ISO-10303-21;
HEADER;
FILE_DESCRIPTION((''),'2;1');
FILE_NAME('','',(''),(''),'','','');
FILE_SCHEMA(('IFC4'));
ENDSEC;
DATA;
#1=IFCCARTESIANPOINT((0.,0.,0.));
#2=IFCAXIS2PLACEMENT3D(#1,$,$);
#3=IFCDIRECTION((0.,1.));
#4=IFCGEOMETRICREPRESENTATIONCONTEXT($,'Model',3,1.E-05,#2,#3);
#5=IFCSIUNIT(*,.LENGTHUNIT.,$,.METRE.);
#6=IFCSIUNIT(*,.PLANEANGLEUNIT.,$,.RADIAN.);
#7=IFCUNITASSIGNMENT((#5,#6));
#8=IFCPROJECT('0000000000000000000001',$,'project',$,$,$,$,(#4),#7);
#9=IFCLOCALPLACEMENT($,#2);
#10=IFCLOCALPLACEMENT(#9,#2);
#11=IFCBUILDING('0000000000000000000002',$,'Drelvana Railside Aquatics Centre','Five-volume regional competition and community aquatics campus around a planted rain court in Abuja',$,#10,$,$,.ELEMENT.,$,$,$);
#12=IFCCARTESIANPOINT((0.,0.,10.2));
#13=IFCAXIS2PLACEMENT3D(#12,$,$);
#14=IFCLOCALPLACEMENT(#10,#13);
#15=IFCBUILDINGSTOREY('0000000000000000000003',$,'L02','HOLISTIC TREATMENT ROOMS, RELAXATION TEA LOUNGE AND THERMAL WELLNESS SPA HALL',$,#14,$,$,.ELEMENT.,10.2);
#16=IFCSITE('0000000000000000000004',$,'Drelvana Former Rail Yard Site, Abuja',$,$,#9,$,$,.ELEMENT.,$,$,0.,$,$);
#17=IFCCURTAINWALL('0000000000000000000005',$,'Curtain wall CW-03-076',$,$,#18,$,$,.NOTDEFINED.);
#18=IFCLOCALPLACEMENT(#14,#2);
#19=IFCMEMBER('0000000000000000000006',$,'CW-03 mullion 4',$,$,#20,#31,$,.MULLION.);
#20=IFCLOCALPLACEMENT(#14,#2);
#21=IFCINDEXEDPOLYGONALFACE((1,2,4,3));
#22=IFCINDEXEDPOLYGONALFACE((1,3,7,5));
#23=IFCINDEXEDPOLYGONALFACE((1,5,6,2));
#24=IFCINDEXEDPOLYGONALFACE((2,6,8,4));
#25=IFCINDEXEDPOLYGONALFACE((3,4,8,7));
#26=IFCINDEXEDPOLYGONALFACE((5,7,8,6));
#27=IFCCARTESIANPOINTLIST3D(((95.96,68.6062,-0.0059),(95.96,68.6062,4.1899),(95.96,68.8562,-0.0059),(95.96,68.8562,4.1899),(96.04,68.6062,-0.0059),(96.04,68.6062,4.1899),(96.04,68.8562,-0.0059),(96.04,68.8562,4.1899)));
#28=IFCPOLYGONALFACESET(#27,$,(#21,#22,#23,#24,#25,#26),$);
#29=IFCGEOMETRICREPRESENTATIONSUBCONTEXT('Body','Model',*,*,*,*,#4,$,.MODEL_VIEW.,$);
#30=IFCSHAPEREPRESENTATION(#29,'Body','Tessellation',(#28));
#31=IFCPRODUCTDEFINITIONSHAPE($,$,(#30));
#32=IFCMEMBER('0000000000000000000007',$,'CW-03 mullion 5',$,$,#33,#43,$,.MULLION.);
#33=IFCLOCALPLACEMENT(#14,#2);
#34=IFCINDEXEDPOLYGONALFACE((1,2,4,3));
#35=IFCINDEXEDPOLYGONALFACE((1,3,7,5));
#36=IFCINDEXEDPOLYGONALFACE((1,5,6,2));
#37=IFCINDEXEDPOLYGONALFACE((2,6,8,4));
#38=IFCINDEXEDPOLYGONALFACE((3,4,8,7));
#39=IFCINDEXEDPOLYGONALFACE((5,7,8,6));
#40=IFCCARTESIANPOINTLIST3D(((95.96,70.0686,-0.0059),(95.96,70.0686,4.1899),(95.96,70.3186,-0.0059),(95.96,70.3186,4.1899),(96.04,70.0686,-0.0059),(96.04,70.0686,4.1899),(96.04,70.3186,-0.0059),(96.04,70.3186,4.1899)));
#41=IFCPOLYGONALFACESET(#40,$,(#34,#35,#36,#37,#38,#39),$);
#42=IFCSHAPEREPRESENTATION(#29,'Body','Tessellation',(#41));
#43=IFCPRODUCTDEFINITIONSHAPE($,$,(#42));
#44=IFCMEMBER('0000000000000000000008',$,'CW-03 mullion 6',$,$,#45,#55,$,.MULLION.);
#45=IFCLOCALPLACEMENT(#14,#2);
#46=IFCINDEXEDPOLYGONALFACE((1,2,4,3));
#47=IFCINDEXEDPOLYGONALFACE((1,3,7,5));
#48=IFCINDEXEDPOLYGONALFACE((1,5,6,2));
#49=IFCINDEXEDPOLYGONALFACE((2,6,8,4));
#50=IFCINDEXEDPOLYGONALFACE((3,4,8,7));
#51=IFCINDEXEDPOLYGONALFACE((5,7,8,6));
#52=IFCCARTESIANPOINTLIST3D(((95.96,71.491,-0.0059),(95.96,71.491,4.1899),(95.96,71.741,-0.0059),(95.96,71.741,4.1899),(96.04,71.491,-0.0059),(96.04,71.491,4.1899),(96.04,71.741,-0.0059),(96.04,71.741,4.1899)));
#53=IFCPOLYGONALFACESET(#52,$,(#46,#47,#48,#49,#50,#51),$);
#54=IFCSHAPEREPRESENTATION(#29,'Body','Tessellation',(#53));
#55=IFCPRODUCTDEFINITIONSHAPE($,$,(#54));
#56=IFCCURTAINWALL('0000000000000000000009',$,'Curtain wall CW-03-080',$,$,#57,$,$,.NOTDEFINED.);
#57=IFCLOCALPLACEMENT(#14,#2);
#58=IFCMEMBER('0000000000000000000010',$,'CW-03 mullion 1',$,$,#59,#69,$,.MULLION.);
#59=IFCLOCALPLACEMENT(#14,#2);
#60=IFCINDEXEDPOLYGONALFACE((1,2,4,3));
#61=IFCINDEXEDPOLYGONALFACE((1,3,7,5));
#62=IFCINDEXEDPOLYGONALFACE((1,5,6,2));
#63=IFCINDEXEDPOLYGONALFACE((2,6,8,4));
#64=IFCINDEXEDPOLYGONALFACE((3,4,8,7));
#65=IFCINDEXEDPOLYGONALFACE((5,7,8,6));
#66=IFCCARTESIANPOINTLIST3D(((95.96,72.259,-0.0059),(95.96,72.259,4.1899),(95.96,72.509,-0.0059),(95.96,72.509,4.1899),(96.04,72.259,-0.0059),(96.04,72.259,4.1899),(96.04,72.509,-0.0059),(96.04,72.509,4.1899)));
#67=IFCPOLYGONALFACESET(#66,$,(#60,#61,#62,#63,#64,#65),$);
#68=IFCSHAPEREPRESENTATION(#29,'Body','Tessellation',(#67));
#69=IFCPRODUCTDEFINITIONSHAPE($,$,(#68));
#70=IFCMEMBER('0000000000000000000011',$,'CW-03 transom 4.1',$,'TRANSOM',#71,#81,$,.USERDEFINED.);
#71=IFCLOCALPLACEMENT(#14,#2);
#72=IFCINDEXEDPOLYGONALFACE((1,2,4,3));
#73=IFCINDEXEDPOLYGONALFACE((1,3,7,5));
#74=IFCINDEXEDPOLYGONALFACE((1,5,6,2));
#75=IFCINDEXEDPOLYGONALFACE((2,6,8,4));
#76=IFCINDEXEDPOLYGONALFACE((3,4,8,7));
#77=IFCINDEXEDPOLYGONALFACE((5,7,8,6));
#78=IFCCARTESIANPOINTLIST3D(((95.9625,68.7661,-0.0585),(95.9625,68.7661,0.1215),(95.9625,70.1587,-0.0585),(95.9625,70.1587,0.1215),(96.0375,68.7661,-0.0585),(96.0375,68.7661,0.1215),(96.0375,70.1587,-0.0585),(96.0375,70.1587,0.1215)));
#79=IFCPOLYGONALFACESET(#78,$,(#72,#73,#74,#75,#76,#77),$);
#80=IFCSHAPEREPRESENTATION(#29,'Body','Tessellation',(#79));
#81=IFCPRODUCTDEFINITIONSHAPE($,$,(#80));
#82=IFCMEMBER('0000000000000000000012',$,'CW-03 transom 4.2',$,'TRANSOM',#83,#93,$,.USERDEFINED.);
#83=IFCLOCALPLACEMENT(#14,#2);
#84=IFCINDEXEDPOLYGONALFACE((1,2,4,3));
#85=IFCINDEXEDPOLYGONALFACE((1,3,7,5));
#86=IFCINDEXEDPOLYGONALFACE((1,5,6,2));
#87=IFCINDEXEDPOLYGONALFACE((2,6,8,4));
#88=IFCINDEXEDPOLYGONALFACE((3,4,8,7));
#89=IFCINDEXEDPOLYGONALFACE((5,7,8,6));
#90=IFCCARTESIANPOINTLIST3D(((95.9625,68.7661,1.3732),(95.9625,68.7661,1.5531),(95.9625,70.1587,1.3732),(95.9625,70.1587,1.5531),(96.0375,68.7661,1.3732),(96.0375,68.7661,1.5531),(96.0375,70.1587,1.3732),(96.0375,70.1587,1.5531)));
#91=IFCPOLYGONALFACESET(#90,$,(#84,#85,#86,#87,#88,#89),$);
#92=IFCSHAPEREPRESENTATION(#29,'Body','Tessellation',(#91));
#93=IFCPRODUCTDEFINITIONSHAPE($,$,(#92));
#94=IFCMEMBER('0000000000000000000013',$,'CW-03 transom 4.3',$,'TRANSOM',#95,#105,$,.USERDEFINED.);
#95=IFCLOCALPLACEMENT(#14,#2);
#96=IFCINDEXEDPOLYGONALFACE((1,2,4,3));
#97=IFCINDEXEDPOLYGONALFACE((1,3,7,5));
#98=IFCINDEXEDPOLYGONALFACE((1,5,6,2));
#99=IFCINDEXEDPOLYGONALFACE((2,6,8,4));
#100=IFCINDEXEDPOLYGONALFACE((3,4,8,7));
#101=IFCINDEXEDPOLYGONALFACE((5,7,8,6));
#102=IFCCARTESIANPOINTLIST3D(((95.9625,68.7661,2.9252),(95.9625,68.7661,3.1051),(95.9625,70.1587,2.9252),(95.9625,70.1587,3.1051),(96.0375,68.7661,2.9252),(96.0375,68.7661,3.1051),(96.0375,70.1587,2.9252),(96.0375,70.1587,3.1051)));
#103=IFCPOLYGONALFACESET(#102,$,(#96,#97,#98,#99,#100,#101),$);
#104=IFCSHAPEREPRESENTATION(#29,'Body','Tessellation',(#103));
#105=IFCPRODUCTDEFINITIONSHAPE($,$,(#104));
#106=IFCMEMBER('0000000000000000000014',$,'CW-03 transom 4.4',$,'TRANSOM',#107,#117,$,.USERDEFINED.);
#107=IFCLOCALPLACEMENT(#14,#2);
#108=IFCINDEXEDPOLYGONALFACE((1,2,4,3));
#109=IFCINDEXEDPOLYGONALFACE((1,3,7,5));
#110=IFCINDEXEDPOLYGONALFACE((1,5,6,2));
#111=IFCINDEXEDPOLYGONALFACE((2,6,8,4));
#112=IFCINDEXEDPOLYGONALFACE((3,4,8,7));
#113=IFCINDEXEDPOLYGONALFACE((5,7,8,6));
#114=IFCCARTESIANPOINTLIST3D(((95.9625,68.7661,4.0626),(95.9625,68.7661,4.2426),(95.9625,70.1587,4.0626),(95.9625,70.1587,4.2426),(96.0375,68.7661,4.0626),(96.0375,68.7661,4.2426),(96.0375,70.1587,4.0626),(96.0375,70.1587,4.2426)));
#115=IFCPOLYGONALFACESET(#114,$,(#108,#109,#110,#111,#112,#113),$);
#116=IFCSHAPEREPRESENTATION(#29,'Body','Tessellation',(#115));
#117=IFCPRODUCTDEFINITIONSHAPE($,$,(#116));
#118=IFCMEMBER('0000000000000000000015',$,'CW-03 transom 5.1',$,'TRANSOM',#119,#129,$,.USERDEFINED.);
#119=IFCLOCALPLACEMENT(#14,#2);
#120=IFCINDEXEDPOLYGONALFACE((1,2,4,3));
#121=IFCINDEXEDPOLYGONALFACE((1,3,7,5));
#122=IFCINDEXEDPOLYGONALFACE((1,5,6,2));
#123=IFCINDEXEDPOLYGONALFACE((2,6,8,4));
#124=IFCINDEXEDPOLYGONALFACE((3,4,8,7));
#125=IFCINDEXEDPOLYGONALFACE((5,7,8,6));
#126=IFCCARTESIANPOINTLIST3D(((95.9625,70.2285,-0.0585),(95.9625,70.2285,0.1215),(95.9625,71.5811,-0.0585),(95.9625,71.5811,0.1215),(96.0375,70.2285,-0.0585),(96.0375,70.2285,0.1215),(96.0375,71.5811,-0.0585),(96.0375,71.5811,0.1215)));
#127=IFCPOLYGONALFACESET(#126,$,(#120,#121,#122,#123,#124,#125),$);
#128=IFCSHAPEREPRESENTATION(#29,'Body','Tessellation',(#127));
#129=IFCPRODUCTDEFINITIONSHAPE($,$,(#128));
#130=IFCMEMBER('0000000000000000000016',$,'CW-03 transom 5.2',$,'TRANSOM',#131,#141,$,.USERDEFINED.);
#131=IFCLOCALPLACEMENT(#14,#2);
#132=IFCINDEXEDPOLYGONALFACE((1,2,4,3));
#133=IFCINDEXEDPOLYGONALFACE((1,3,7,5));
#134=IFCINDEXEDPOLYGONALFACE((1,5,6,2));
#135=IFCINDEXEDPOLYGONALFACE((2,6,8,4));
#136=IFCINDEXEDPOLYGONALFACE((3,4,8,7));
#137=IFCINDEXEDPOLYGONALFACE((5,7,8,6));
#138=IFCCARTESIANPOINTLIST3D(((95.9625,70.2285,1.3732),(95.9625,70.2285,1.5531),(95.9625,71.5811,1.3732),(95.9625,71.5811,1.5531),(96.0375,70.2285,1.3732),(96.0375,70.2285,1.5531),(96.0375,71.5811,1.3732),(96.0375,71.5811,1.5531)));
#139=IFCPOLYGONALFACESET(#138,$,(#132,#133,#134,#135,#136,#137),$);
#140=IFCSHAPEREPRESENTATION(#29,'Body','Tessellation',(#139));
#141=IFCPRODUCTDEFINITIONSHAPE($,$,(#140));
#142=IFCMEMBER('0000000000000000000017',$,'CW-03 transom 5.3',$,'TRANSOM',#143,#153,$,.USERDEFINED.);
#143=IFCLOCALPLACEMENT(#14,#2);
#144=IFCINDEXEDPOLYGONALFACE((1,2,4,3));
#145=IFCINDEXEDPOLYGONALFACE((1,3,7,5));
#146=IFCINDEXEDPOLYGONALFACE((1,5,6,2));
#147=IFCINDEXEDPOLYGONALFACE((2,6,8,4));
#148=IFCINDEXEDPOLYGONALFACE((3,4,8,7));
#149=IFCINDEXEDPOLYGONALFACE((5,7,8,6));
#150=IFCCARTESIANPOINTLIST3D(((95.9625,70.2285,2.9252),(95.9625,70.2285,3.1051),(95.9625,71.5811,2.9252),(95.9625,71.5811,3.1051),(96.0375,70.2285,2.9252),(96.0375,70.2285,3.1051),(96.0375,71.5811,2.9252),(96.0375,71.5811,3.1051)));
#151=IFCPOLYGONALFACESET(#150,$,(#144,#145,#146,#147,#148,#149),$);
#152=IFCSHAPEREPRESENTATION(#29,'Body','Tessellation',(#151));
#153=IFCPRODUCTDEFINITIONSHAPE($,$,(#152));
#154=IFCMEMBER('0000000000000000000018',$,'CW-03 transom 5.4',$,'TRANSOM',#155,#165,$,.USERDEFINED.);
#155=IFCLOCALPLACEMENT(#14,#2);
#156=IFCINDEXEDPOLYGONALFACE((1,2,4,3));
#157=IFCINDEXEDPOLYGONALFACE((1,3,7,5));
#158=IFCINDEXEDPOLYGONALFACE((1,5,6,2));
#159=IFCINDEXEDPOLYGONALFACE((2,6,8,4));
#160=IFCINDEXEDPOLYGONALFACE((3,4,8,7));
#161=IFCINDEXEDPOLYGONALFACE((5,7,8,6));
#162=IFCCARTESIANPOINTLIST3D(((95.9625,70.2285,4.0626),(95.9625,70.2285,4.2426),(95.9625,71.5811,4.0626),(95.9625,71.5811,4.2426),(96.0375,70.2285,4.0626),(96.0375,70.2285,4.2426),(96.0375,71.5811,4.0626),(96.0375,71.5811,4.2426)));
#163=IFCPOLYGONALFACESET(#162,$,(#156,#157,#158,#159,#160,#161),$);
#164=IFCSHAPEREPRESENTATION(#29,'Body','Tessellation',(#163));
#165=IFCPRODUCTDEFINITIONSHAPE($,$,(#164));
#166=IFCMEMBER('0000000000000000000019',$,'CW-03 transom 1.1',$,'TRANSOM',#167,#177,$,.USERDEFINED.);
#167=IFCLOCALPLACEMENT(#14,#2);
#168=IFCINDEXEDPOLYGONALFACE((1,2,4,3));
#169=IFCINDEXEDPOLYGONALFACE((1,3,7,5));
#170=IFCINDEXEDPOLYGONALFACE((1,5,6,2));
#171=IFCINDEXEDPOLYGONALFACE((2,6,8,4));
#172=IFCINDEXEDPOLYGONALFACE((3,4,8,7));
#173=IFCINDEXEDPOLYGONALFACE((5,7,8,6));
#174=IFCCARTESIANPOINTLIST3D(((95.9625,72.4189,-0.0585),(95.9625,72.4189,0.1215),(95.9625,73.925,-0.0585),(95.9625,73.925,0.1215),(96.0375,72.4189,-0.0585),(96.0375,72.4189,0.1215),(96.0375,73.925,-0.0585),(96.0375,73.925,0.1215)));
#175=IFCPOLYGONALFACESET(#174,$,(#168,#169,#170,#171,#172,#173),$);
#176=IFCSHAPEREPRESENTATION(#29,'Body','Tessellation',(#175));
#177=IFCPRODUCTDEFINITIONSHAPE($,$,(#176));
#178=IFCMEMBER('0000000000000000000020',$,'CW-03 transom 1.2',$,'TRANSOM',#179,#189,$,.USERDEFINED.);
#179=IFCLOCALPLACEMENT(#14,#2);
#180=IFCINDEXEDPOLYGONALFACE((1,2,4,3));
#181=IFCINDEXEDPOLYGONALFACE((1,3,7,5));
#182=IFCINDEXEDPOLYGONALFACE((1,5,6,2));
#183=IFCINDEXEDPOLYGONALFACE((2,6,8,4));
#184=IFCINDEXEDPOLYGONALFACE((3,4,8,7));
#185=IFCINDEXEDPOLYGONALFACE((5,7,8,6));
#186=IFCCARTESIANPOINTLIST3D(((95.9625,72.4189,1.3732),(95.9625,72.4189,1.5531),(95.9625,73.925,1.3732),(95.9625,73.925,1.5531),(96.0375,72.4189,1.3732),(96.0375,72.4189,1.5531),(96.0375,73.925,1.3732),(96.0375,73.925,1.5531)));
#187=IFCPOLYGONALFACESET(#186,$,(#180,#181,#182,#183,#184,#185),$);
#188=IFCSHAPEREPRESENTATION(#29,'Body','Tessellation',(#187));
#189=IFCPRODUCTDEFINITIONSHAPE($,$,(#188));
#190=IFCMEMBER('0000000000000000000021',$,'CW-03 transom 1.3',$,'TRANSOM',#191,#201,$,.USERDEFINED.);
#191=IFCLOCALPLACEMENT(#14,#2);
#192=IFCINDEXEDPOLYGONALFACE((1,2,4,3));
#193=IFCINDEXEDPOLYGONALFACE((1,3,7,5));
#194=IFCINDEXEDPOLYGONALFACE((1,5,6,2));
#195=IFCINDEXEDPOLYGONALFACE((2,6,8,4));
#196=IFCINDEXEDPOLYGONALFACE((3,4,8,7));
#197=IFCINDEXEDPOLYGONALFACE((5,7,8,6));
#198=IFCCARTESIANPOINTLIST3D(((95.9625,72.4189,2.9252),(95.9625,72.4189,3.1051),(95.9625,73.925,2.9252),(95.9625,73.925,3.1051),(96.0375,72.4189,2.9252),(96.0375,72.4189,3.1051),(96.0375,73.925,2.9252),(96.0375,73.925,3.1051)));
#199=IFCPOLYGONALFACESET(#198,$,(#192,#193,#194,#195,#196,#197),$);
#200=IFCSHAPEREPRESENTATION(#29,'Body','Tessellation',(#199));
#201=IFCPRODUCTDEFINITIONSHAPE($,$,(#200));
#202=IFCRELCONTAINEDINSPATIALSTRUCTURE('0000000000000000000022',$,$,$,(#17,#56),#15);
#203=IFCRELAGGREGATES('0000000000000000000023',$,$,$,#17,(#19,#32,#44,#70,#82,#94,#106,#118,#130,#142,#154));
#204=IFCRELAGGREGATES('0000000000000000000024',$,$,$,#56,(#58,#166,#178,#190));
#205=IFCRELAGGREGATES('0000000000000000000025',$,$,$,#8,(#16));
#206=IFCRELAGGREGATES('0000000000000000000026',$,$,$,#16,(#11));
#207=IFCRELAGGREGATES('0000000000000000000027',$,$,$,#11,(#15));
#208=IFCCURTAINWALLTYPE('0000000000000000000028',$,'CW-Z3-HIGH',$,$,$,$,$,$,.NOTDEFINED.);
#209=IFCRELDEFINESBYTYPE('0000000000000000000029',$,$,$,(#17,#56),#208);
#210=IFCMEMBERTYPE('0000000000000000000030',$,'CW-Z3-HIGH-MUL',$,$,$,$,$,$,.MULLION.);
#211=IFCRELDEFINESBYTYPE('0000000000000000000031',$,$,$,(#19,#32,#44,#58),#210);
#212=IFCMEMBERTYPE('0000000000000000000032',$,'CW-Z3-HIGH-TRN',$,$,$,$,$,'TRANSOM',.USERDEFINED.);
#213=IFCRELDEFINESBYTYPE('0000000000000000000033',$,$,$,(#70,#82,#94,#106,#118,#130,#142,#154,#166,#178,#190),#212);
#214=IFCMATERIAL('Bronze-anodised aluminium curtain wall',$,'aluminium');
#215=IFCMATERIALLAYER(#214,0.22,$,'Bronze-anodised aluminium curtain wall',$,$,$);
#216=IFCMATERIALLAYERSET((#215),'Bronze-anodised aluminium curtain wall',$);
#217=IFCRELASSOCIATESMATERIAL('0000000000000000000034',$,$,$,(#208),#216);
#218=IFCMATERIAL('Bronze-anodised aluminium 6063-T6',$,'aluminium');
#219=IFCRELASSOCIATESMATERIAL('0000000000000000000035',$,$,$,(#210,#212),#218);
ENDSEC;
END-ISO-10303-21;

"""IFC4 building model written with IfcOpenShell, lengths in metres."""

from ifc_helpers import new_model, si_unit, direction, frame, origin, origin_2d, place, context, subcontext, project, spatial, rectangle, extrude, material, layer, layer_set, material_profile, profile_set, type_object, element, aggregate, save


model = new_model("IFC4")

# Units and contexts
model_context = context("Model", 3, precision=1e-05, world=origin(), true_north=direction((0.0, 1.0)))
body_context = subcontext(model_context, "Body", "Model", "MODEL_VIEW")
ifc_project = project(units=[si_unit("LENGTHUNIT", "METRE"), si_unit("PLANEANGLEUNIT", "RADIAN")], contexts=[model_context])

# Site, building, storey
site_placement = place(None, origin())
site = spatial("IfcSite", under=ifc_project, at=site_placement, Name="Drelvana Former Rail Yard Site, Abuja", CompositionType="ELEMENT", RefElevation=0.0)
building_placement = place(site_placement, origin())
building = spatial("IfcBuilding", under=site, at=building_placement, Name="Drelvana Railside Aquatics Centre", Description="Five-volume regional competition and community aquatics campus around a planted rain court in Abuja", CompositionType="ELEMENT")
storey_placement = place(building_placement, frame((0.0, 0.0, 10.2)))
storey = spatial("IfcBuildingStorey", under=building, at=storey_placement, Name="L02", Description="HOLISTIC TREATMENT ROOMS, RELAXATION TEA LOUNGE AND THERMAL WELLNESS SPA HALL", CompositionType="ELEMENT", Elevation=10.2)

# Curtain wall, members
ifc_material_1 = material(Name="Bronze-anodised aluminium curtain wall", Category="aluminium")
ifc_layer_1 = layer(ifc_material_1, 0.22, Name="Bronze-anodised aluminium curtain wall")
ifc_layer_set_1 = layer_set([ifc_layer_1], Name="Bronze-anodised aluminium curtain wall")
curtain_wall_type = type_object("IfcCurtainWallType", Name="CW-Z3-HIGH", PredefinedType="NOTDEFINED", material=ifc_layer_set_1)
curtain_wall_1_placement = place(storey_placement, origin())
curtain_wall_1 = element("IfcCurtainWall", 1, at=curtain_wall_1_placement, inside=storey, type_object=curtain_wall_type, Name="Curtain wall CW-03-076", PredefinedType="NOTDEFINED")
ifc_material_2 = material(Name="Bronze-anodised aluminium 6063-T6", Category="aluminium")
ifc_material_profile_1 = material_profile(ifc_material_2, rectangle(XDim=0.0801, YDim=0.25, at=origin_2d()), Name="ALU-M 80x250")
ifc_profile_set_1 = profile_set([ifc_material_profile_1], Name="Bronze-anodised aluminium 6063-T6")
member_type_1 = type_object("IfcMemberType", Name="CW-Z3-HIGH-MUL", PredefinedType="MULLION", material=ifc_profile_set_1)
member_1_placement = place(storey_placement, frame((96.0, 68.7312, -0.0059), z_axis=(0.0, 0.0, 1.0), x_axis=(-1.0, 0.0, 0.0)))
member_1 = element("IfcMember", 2, at=member_1_placement, type_object=member_type_1, Name="CW-03 mullion 4", PredefinedType="MULLION", context=body_context, shape_type="SweptSolid", body=[
    extrude(rectangle(XDim=0.0801, YDim=0.25, at=origin_2d()), origin(), (0.0, 0.0, 1.0), 4.1958),
])
member_2_placement = place(storey_placement, frame((96.0, 70.1936, -0.0059), z_axis=(0.0, 0.0, 1.0), x_axis=(-1.0, 0.0, 0.0)))
member_2 = element("IfcMember", 3, at=member_2_placement, type_object=member_type_1, Name="CW-03 mullion 5", PredefinedType="MULLION", context=body_context, shape_type="SweptSolid", body=[
    extrude(rectangle(XDim=0.0801, YDim=0.25, at=origin_2d()), origin(), (0.0, 0.0, 1.0), 4.1958),
])
member_3_placement = place(storey_placement, frame((96.0, 71.616, -0.0059), z_axis=(0.0, 0.0, 1.0), x_axis=(-1.0, 0.0, 0.0)))
member_3 = element("IfcMember", 4, at=member_3_placement, type_object=member_type_1, Name="CW-03 mullion 6", PredefinedType="MULLION", context=body_context, shape_type="SweptSolid", body=[
    extrude(rectangle(XDim=0.0801, YDim=0.25, at=origin_2d()), origin(), (0.0, 0.0, 1.0), 4.1958),
])

# Curtain wall, member
curtain_wall_2_placement = place(storey_placement, origin())
curtain_wall_2 = element("IfcCurtainWall", 5, at=curtain_wall_2_placement, inside=storey, type_object=curtain_wall_type, Name="Curtain wall CW-03-080", PredefinedType="NOTDEFINED")
member_4_placement = place(storey_placement, frame((96.0, 72.384, -0.0059), z_axis=(0.0, 0.0, 1.0), x_axis=(-1.0, 0.0, 0.0)))
member_4 = element("IfcMember", 6, at=member_4_placement, type_object=member_type_1, Name="CW-03 mullion 1", PredefinedType="MULLION", context=body_context, shape_type="SweptSolid", body=[
    extrude(rectangle(XDim=0.0801, YDim=0.25, at=origin_2d()), origin(), (0.0, 0.0, 1.0), 4.1958),
])

# Members
ifc_material_profile_2 = material_profile(ifc_material_2, rectangle(XDim=0.1799, YDim=0.075, at=origin_2d()), Name="ALU-T 75x180")
ifc_profile_set_2 = profile_set([ifc_material_profile_2], Name="Bronze-anodised aluminium 6063-T6")
member_type_2 = type_object("IfcMemberType", Name="CW-Z3-HIGH-TRN", ElementType="TRANSOM", PredefinedType="USERDEFINED", material=ifc_profile_set_2)
member_5_placement = place(storey_placement, frame((96.0, 68.7661, 0.0315), z_axis=(0.0, 1.0, 0.0), x_axis=(0.0, 0.0, 1.0)))
member_5 = element("IfcMember", 7, at=member_5_placement, type_object=member_type_2, Name="CW-03 transom 4.1", ObjectType="TRANSOM", PredefinedType="USERDEFINED", context=body_context, shape_type="SweptSolid", body=[
    extrude(rectangle(XDim=0.1799, YDim=0.075, at=origin_2d()), origin(), (0.0, 0.0, 1.0), 1.3926),
])
member_6_placement = place(storey_placement, frame((96.0, 68.7661, 1.4631), z_axis=(0.0, 1.0, 0.0), x_axis=(0.0, 0.0, 1.0)))
member_6 = element("IfcMember", 8, at=member_6_placement, type_object=member_type_2, Name="CW-03 transom 4.2", ObjectType="TRANSOM", PredefinedType="USERDEFINED", context=body_context, shape_type="SweptSolid", body=[
    extrude(rectangle(XDim=0.1799, YDim=0.075, at=origin_2d()), origin(), (0.0, 0.0, 1.0), 1.3926),
])
member_7_placement = place(storey_placement, frame((96.0, 68.7661, 3.0151), z_axis=(0.0, 1.0, 0.0), x_axis=(0.0, 0.0, 1.0)))
member_7 = element("IfcMember", 9, at=member_7_placement, type_object=member_type_2, Name="CW-03 transom 4.3", ObjectType="TRANSOM", PredefinedType="USERDEFINED", context=body_context, shape_type="SweptSolid", body=[
    extrude(rectangle(XDim=0.1799, YDim=0.075, at=origin_2d()), origin(), (0.0, 0.0, 1.0), 1.3926),
])
member_8_placement = place(storey_placement, frame((96.0, 68.7661, 4.1526), z_axis=(0.0, 1.0, 0.0), x_axis=(0.0, 0.0, 1.0)))
member_8 = element("IfcMember", 10, at=member_8_placement, type_object=member_type_2, Name="CW-03 transom 4.4", ObjectType="TRANSOM", PredefinedType="USERDEFINED", context=body_context, shape_type="SweptSolid", body=[
    extrude(rectangle(XDim=0.1799, YDim=0.075, at=origin_2d()), origin(), (0.0, 0.0, 1.0), 1.3926),
])
member_9_placement = place(storey_placement, frame((96.0, 70.2285, 0.0315), z_axis=(0.0, 1.0, 0.0), x_axis=(0.0, 0.0, 1.0)))
member_9 = element("IfcMember", 11, at=member_9_placement, type_object=member_type_2, Name="CW-03 transom 5.1", ObjectType="TRANSOM", PredefinedType="USERDEFINED", context=body_context, shape_type="SweptSolid", body=[
    extrude(rectangle(XDim=0.1799, YDim=0.075, at=origin_2d()), origin(), (0.0, 0.0, 1.0), 1.3525),
])
member_10_placement = place(storey_placement, frame((96.0, 70.2285, 1.4631), z_axis=(0.0, 1.0, 0.0), x_axis=(0.0, 0.0, 1.0)))
member_10 = element("IfcMember", 12, at=member_10_placement, type_object=member_type_2, Name="CW-03 transom 5.2", ObjectType="TRANSOM", PredefinedType="USERDEFINED", context=body_context, shape_type="SweptSolid", body=[
    extrude(rectangle(XDim=0.1799, YDim=0.075, at=origin_2d()), origin(), (0.0, 0.0, 1.0), 1.3525),
])
member_11_placement = place(storey_placement, frame((96.0, 70.2285, 3.0151), z_axis=(0.0, 1.0, 0.0), x_axis=(0.0, 0.0, 1.0)))
member_11 = element("IfcMember", 13, at=member_11_placement, type_object=member_type_2, Name="CW-03 transom 5.3", ObjectType="TRANSOM", PredefinedType="USERDEFINED", context=body_context, shape_type="SweptSolid", body=[
    extrude(rectangle(XDim=0.1799, YDim=0.075, at=origin_2d()), origin(), (0.0, 0.0, 1.0), 1.3525),
])
member_12_placement = place(storey_placement, frame((96.0, 70.2285, 4.1526), z_axis=(0.0, 1.0, 0.0), x_axis=(0.0, 0.0, 1.0)))
member_12 = element("IfcMember", 14, at=member_12_placement, type_object=member_type_2, Name="CW-03 transom 5.4", ObjectType="TRANSOM", PredefinedType="USERDEFINED", context=body_context, shape_type="SweptSolid", body=[
    extrude(rectangle(XDim=0.1799, YDim=0.075, at=origin_2d()), origin(), (0.0, 0.0, 1.0), 1.3525),
])
member_13_placement = place(storey_placement, frame((96.0, 72.4189, 0.0315), z_axis=(0.0, 1.0, 0.0), x_axis=(0.0, 0.0, 1.0)))
member_13 = element("IfcMember", 15, at=member_13_placement, type_object=member_type_2, Name="CW-03 transom 1.1", ObjectType="TRANSOM", PredefinedType="USERDEFINED", context=body_context, shape_type="SweptSolid", body=[
    extrude(rectangle(XDim=0.1799, YDim=0.075, at=origin_2d()), origin(), (0.0, 0.0, 1.0), 1.5061),
])
member_14_placement = place(storey_placement, frame((96.0, 72.4189, 1.4631), z_axis=(0.0, 1.0, 0.0), x_axis=(0.0, 0.0, 1.0)))
member_14 = element("IfcMember", 16, at=member_14_placement, type_object=member_type_2, Name="CW-03 transom 1.2", ObjectType="TRANSOM", PredefinedType="USERDEFINED", context=body_context, shape_type="SweptSolid", body=[
    extrude(rectangle(XDim=0.1799, YDim=0.075, at=origin_2d()), origin(), (0.0, 0.0, 1.0), 1.5061),
])
member_15_placement = place(storey_placement, frame((96.0, 72.4189, 3.0151), z_axis=(0.0, 1.0, 0.0), x_axis=(0.0, 0.0, 1.0)))
member_15 = element("IfcMember", 17, at=member_15_placement, type_object=member_type_2, Name="CW-03 transom 1.3", ObjectType="TRANSOM", PredefinedType="USERDEFINED", context=body_context, shape_type="SweptSolid", body=[
    extrude(rectangle(XDim=0.1799, YDim=0.075, at=origin_2d()), origin(), (0.0, 0.0, 1.0), 1.5061),
])

aggregate(curtain_wall_1, [member_1, member_2, member_3, member_5, member_6, member_7, member_8, member_9, member_10, member_11, member_12])
aggregate(curtain_wall_2, [member_4, member_13, member_14, member_15])

save(model, "model.ifc")
